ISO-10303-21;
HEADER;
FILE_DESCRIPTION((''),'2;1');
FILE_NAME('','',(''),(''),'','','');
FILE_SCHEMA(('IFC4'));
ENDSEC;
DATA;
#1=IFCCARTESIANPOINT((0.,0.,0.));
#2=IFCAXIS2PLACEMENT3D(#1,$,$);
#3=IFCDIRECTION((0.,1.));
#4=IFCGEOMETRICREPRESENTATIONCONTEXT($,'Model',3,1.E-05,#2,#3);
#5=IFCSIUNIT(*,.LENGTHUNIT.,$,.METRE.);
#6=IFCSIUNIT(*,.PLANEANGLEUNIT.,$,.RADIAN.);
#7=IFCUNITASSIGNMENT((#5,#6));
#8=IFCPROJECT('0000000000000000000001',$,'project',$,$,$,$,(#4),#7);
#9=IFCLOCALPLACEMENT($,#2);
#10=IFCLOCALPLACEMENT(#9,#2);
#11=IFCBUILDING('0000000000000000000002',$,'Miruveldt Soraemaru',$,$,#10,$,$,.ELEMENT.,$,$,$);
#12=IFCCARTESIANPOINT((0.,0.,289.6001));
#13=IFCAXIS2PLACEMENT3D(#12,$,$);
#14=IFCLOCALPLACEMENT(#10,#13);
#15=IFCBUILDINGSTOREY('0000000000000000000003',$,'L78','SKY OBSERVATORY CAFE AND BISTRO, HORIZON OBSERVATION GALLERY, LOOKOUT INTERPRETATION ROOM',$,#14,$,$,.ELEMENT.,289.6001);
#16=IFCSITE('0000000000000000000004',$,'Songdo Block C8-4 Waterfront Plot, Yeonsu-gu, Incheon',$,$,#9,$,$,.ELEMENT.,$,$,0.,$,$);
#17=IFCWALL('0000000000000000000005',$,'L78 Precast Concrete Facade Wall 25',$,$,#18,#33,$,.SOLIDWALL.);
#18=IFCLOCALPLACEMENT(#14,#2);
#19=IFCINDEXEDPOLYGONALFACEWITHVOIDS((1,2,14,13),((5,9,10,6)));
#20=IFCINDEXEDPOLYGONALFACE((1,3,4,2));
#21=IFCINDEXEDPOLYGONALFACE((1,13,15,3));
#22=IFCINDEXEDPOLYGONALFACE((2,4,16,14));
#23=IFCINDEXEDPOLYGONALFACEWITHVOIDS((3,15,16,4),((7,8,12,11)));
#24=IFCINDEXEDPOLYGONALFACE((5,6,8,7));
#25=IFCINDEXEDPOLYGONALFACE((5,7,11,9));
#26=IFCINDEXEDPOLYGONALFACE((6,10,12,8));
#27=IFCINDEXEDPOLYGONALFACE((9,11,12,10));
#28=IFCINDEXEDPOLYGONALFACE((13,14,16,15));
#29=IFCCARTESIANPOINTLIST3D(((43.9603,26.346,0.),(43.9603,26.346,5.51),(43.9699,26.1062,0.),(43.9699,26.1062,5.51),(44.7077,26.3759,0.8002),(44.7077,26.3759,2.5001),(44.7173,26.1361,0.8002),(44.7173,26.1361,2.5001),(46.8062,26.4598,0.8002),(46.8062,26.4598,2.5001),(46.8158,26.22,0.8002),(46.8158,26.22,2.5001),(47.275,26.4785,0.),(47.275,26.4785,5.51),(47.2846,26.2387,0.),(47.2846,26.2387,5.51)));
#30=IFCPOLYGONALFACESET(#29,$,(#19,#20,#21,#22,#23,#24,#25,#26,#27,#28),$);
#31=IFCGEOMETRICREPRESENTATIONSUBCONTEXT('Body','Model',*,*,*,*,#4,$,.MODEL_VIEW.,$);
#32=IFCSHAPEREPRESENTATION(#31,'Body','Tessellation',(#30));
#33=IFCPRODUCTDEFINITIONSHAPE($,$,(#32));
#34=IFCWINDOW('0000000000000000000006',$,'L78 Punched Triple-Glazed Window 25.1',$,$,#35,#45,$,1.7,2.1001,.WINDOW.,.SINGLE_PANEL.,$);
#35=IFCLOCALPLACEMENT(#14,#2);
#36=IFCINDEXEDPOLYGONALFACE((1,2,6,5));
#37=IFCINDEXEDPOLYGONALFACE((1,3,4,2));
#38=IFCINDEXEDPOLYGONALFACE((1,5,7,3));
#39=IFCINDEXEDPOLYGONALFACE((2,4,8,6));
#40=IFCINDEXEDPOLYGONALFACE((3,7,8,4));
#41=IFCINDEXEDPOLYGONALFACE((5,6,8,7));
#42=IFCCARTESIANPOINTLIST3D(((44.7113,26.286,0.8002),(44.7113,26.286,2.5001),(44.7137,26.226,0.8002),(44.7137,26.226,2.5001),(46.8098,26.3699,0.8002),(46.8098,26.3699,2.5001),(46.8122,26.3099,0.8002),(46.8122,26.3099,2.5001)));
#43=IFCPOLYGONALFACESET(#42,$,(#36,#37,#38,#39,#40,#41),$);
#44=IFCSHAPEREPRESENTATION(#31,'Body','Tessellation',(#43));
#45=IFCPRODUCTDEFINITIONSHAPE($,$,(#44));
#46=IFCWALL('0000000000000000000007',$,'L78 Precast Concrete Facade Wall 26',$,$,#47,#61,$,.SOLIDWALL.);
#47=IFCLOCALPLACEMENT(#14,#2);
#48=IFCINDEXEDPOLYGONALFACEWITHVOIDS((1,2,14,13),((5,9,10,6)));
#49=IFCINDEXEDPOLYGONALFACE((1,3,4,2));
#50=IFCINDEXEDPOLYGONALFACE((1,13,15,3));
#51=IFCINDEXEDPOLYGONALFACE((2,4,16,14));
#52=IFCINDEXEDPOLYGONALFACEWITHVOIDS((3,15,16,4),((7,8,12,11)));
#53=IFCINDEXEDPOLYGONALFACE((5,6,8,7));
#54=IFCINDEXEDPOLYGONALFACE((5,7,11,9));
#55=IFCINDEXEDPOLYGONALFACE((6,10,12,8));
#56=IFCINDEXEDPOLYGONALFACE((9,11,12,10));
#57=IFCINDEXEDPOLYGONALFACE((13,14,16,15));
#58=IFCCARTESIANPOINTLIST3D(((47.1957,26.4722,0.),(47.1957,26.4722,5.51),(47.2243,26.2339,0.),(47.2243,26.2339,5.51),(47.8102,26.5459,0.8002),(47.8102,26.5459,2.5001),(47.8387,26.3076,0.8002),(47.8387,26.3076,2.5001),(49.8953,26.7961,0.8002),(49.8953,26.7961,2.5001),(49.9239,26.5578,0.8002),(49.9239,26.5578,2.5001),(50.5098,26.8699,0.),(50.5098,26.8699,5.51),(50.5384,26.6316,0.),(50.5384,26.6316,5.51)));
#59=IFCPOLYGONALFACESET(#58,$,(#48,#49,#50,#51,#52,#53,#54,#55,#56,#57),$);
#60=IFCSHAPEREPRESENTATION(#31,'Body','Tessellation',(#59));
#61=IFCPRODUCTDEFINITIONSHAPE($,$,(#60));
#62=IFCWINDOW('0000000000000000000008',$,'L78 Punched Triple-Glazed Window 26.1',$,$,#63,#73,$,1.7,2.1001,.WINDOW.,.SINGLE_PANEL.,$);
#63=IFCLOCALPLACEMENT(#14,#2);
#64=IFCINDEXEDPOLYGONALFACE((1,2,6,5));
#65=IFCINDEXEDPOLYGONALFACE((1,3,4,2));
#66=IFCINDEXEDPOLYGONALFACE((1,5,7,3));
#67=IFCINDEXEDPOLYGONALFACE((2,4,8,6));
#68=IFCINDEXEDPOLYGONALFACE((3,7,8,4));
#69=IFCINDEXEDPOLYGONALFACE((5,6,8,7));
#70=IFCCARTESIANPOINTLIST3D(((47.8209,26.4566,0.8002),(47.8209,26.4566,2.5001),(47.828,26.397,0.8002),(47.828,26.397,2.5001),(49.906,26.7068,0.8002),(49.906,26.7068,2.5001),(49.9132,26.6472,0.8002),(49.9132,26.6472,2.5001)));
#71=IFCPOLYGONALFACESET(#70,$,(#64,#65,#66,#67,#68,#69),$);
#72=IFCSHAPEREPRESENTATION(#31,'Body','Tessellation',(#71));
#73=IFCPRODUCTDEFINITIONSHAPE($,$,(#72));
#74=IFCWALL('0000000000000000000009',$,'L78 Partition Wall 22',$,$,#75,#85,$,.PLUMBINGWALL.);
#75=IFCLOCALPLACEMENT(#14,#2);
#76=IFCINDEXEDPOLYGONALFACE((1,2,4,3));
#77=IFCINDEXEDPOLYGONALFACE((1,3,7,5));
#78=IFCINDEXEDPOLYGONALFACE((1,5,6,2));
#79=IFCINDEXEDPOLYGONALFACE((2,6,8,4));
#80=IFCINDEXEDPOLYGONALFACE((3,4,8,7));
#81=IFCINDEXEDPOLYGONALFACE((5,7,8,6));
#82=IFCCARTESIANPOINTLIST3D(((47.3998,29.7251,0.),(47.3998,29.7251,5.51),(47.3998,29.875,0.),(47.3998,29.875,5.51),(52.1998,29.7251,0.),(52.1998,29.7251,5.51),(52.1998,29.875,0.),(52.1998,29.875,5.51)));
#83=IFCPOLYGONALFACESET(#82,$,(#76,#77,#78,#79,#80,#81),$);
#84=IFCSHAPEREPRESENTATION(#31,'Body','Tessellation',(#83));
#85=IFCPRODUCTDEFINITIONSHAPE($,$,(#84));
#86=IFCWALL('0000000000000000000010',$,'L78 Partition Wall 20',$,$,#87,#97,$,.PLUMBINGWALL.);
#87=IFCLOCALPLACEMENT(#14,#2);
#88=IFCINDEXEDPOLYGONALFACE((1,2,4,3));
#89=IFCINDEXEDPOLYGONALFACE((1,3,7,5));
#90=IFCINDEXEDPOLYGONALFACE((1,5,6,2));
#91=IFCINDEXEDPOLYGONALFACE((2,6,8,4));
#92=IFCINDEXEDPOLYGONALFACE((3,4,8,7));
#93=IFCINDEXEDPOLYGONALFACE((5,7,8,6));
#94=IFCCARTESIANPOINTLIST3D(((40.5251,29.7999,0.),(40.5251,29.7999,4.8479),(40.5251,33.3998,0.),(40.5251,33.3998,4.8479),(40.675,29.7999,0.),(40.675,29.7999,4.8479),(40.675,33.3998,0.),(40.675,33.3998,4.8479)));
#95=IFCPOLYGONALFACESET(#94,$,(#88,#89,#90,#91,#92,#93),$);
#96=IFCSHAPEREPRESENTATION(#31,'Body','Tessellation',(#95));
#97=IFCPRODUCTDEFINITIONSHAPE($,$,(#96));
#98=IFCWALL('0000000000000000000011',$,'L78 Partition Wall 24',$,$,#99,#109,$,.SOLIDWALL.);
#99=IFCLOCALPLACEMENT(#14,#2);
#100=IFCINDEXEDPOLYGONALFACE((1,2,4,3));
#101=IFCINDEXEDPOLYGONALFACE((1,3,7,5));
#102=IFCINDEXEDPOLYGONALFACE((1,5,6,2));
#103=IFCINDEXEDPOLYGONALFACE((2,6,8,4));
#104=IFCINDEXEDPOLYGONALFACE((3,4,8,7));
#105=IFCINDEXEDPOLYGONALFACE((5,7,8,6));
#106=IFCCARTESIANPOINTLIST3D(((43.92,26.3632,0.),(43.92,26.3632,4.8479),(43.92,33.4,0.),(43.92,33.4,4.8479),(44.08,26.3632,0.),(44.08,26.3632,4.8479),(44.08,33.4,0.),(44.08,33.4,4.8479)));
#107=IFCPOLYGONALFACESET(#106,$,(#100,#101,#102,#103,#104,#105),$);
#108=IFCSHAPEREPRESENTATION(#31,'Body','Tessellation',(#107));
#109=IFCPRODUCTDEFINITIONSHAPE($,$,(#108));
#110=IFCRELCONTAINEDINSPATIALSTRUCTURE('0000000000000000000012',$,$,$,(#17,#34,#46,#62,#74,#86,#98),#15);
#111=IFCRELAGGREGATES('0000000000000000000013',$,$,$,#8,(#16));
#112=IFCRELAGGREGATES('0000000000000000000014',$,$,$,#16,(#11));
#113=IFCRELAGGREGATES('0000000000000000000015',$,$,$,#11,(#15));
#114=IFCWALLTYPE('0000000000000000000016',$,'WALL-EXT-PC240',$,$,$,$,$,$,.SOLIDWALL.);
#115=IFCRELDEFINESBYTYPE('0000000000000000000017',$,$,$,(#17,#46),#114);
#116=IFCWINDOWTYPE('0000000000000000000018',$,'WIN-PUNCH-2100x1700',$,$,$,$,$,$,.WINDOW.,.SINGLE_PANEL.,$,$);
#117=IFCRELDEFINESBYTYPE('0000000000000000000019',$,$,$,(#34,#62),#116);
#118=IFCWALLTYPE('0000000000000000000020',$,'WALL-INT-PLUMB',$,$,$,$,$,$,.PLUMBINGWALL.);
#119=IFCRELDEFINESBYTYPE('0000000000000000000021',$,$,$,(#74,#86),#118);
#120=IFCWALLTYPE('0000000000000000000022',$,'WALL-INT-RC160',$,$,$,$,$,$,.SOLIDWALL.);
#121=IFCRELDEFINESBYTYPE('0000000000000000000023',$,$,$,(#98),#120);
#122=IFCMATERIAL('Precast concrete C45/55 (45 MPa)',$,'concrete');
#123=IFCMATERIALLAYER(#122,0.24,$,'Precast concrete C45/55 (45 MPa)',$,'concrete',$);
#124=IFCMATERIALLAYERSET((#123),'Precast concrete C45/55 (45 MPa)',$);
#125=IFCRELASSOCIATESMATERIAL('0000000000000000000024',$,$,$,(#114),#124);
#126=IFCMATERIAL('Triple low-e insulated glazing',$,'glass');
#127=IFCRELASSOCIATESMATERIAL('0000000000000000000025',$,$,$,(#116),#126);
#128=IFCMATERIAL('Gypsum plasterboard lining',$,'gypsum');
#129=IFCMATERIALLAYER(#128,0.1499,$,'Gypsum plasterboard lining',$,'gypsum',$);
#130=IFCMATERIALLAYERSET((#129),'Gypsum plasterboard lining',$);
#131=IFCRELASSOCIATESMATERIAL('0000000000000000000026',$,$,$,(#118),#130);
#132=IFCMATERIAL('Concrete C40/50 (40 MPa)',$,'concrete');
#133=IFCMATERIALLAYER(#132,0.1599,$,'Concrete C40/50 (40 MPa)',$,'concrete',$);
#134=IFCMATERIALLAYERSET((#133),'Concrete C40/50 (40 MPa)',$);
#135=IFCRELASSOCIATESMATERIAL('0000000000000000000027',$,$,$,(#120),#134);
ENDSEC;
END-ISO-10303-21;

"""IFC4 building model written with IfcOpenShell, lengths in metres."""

from ifc_helpers import new_model, si_unit, direction, frame, frame_2d, origin, place, context, subcontext, project, spatial, rectangle, extrude, material, layer, layer_set, type_object, element, fill, save


model = new_model("IFC4")

# Units and contexts
model_context = context("Model", 3, precision=1e-05, world=origin(), true_north=direction((0.0, 1.0)))
body_context = subcontext(model_context, "Body", "Model", "MODEL_VIEW")
ifc_project = project(units=[si_unit("LENGTHUNIT", "METRE"), si_unit("PLANEANGLEUNIT", "RADIAN")], contexts=[model_context])

# Site, building, storey
site_placement = place(None, origin())
site = spatial("IfcSite", under=ifc_project, at=site_placement, Name="Songdo Block C8-4 Waterfront Plot, Yeonsu-gu, Incheon", CompositionType="ELEMENT", RefElevation=0.0)
building_placement = place(site_placement, origin())
building = spatial("IfcBuilding", under=site, at=building_placement, Name="Miruveldt Soraemaru", CompositionType="ELEMENT")
storey_placement = place(building_placement, frame((0.0, 0.0, 289.6001)))
storey = spatial("IfcBuildingStorey", under=building, at=storey_placement, Name="L78", Description="SKY OBSERVATORY CAFE AND BISTRO, HORIZON OBSERVATION GALLERY, LOOKOUT INTERPRETATION ROOM", CompositionType="ELEMENT", Elevation=289.6001)

# Shared definitions
ifc_material_1 = material(Name="Triple low-e insulated glazing", Category="glass")

# Shared definitions
ifc_material_2 = material(Name="Precast concrete C45/55 (45 MPa)", Category="concrete")
ifc_layer_1 = layer(ifc_material_2, 0.24, Name="Precast concrete C45/55 (45 MPa)", Category="concrete")
ifc_layer_set_1 = layer_set([ifc_layer_1], Name="Precast concrete C45/55 (45 MPa)")
wall_type_1 = type_object("IfcWallType", Name="WALL-EXT-PC240", PredefinedType="SOLIDWALL", material=ifc_layer_set_1)

# Walls, openings, windows
window_type = type_object("IfcWindowType", Name="WIN-PUNCH-2100x1700", PartitioningType="SINGLE_PANEL", PredefinedType="WINDOW", material=ifc_material_1)
wall_1_placement = place(storey_placement, frame((43.9651, 26.2261, 0.0), z_axis=(0.0, 0.0, 1.0), x_axis=(0.999201, 0.039962, 0.0)))
wall_1 = element("IfcWall", 1, at=wall_1_placement, inside=storey, type_object=wall_type_1, Name="L78 Precast Concrete Facade Wall 25", PredefinedType="SOLIDWALL", context=body_context, shape_type="SweptSolid", body=[
    extrude(rectangle(XDim=3.3174, YDim=0.24, at=frame_2d((1.6587, 0.0))), origin(), (0.0, 0.0, 1.0), 5.51),
])
opening_1_placement = place(wall_1_placement, frame((0.748, 0.0, 0.8)))
opening_1 = element("IfcOpeningElement", 2, at=opening_1_placement, cuts=wall_1, PredefinedType="OPENING", context=body_context, shape_type="SweptSolid", body=[
    extrude(rectangle(XDim=2.1001, YDim=1.7, at=frame_2d((1.05, 0.8501))), frame((0.0, 0.1299, 0.0), z_axis=(0.0, -1.0, 0.0), x_axis=(1.0, 0.0, 0.0)), (0.0, 0.0, 1.0), 0.26),
])
window_1_placement = place(opening_1_placement, origin())
window_1 = element("IfcWindow", 3, at=window_1_placement, inside=storey, type_object=window_type, Name="L78 Punched Triple-Glazed Window 25.1", OverallHeight=1.7, OverallWidth=2.1001, PartitioningType="SINGLE_PANEL", PredefinedType="WINDOW", context=body_context, shape_type="SweptSolid", body=[
    extrude(rectangle(XDim=2.1001, YDim=1.7, at=frame_2d((1.05, 0.8501))), frame((0.0, 0.03, 0.0), z_axis=(0.0, -1.0, 0.0), x_axis=(1.0, 0.0, 0.0)), (0.0, 0.0, 1.0), 0.0601),
])
fill(opening_1, window_1)
wall_2_placement = place(storey_placement, frame((47.21, 26.353, 0.0), z_axis=(0.0, 0.0, 1.0), x_axis=(0.992877, 0.119145, 0.0)))
wall_2 = element("IfcWall", 4, at=wall_2_placement, inside=storey, type_object=wall_type_1, Name="L78 Precast Concrete Facade Wall 26", PredefinedType="SOLIDWALL", context=body_context, shape_type="SweptSolid", body=[
    extrude(rectangle(XDim=3.3379, YDim=0.24, at=frame_2d((1.6689, 0.0))), origin(), (0.0, 0.0, 1.0), 5.51),
])
opening_2_placement = place(wall_2_placement, frame((0.6189, 0.0, 0.8)))
opening_2 = element("IfcOpeningElement", 5, at=opening_2_placement, cuts=wall_2, PredefinedType="OPENING", context=body_context, shape_type="SweptSolid", body=[
    extrude(rectangle(XDim=2.1001, YDim=1.7, at=frame_2d((1.05, 0.8501))), frame((0.0, 0.1299, 0.0), z_axis=(0.0, -1.0, 0.0), x_axis=(1.0, 0.0, 0.0)), (0.0, 0.0, 1.0), 0.26),
])
window_2_placement = place(opening_2_placement, origin())
window_2 = element("IfcWindow", 6, at=window_2_placement, inside=storey, type_object=window_type, Name="L78 Punched Triple-Glazed Window 26.1", OverallHeight=1.7, OverallWidth=2.1001, PartitioningType="SINGLE_PANEL", PredefinedType="WINDOW", context=body_context, shape_type="SweptSolid", body=[
    extrude(rectangle(XDim=2.1001, YDim=1.7, at=frame_2d((1.05, 0.8501))), frame((0.0, 0.03, 0.0), z_axis=(0.0, -1.0, 0.0), x_axis=(1.0, 0.0, 0.0)), (0.0, 0.0, 1.0), 0.0601),
])
fill(opening_2, window_2)

# Walls
ifc_material_3 = material(Name="Gypsum plasterboard lining", Category="gypsum")
ifc_layer_2 = layer(ifc_material_3, 0.1499, Name="Gypsum plasterboard lining", Category="gypsum")
ifc_layer_set_2 = layer_set([ifc_layer_2], Name="Gypsum plasterboard lining")
wall_type_2 = type_object("IfcWallType", Name="WALL-INT-PLUMB", PredefinedType="PLUMBINGWALL", material=ifc_layer_set_2)
wall_3_placement = place(storey_placement, frame((47.3999, 29.8, 0.0), z_axis=(0.0, 0.0, 1.0), x_axis=(1.0, 0.0, 0.0)))
element("IfcWall", 7, at=wall_3_placement, inside=storey, type_object=wall_type_2, Name="L78 Partition Wall 22", PredefinedType="PLUMBINGWALL", context=body_context, shape_type="SweptSolid", body=[
    extrude(rectangle(XDim=4.8, YDim=0.1499, at=frame_2d((2.3999, 0.0))), origin(), (0.0, 0.0, 1.0), 5.51),
])
wall_4_placement = place(storey_placement, frame((40.6001, 29.8, 0.0), z_axis=(0.0, 0.0, 1.0), x_axis=(0.0, 1.0, 0.0)))
element("IfcWall", 8, at=wall_4_placement, inside=storey, type_object=wall_type_2, Name="L78 Partition Wall 20", PredefinedType="PLUMBINGWALL", context=body_context, shape_type="SweptSolid", body=[
    extrude(rectangle(XDim=3.5999, YDim=0.1499, at=frame_2d((1.7998, 0.0))), origin(), (0.0, 0.0, 1.0), 4.8479),
])
ifc_material_4 = material(Name="Concrete C40/50 (40 MPa)", Category="concrete")
ifc_layer_3 = layer(ifc_material_4, 0.1599, Name="Concrete C40/50 (40 MPa)", Category="concrete")
ifc_layer_set_3 = layer_set([ifc_layer_3], Name="Concrete C40/50 (40 MPa)")
wall_type_3 = type_object("IfcWallType", Name="WALL-INT-RC160", PredefinedType="SOLIDWALL", material=ifc_layer_set_3)
wall_5_placement = place(storey_placement, frame((44.0, 26.363, 0.0), z_axis=(0.0, 0.0, 1.0), x_axis=(0.0, 1.0, 0.0)))
element("IfcWall", 9, at=wall_5_placement, inside=storey, type_object=wall_type_3, Name="L78 Partition Wall 24", PredefinedType="SOLIDWALL", context=body_context, shape_type="SweptSolid", body=[
    extrude(rectangle(XDim=7.0369, YDim=0.1599, at=frame_2d((3.5186, 0.0))), origin(), (0.0, 0.0, 1.0), 4.8479),
])

save(model, "model.ifc")
